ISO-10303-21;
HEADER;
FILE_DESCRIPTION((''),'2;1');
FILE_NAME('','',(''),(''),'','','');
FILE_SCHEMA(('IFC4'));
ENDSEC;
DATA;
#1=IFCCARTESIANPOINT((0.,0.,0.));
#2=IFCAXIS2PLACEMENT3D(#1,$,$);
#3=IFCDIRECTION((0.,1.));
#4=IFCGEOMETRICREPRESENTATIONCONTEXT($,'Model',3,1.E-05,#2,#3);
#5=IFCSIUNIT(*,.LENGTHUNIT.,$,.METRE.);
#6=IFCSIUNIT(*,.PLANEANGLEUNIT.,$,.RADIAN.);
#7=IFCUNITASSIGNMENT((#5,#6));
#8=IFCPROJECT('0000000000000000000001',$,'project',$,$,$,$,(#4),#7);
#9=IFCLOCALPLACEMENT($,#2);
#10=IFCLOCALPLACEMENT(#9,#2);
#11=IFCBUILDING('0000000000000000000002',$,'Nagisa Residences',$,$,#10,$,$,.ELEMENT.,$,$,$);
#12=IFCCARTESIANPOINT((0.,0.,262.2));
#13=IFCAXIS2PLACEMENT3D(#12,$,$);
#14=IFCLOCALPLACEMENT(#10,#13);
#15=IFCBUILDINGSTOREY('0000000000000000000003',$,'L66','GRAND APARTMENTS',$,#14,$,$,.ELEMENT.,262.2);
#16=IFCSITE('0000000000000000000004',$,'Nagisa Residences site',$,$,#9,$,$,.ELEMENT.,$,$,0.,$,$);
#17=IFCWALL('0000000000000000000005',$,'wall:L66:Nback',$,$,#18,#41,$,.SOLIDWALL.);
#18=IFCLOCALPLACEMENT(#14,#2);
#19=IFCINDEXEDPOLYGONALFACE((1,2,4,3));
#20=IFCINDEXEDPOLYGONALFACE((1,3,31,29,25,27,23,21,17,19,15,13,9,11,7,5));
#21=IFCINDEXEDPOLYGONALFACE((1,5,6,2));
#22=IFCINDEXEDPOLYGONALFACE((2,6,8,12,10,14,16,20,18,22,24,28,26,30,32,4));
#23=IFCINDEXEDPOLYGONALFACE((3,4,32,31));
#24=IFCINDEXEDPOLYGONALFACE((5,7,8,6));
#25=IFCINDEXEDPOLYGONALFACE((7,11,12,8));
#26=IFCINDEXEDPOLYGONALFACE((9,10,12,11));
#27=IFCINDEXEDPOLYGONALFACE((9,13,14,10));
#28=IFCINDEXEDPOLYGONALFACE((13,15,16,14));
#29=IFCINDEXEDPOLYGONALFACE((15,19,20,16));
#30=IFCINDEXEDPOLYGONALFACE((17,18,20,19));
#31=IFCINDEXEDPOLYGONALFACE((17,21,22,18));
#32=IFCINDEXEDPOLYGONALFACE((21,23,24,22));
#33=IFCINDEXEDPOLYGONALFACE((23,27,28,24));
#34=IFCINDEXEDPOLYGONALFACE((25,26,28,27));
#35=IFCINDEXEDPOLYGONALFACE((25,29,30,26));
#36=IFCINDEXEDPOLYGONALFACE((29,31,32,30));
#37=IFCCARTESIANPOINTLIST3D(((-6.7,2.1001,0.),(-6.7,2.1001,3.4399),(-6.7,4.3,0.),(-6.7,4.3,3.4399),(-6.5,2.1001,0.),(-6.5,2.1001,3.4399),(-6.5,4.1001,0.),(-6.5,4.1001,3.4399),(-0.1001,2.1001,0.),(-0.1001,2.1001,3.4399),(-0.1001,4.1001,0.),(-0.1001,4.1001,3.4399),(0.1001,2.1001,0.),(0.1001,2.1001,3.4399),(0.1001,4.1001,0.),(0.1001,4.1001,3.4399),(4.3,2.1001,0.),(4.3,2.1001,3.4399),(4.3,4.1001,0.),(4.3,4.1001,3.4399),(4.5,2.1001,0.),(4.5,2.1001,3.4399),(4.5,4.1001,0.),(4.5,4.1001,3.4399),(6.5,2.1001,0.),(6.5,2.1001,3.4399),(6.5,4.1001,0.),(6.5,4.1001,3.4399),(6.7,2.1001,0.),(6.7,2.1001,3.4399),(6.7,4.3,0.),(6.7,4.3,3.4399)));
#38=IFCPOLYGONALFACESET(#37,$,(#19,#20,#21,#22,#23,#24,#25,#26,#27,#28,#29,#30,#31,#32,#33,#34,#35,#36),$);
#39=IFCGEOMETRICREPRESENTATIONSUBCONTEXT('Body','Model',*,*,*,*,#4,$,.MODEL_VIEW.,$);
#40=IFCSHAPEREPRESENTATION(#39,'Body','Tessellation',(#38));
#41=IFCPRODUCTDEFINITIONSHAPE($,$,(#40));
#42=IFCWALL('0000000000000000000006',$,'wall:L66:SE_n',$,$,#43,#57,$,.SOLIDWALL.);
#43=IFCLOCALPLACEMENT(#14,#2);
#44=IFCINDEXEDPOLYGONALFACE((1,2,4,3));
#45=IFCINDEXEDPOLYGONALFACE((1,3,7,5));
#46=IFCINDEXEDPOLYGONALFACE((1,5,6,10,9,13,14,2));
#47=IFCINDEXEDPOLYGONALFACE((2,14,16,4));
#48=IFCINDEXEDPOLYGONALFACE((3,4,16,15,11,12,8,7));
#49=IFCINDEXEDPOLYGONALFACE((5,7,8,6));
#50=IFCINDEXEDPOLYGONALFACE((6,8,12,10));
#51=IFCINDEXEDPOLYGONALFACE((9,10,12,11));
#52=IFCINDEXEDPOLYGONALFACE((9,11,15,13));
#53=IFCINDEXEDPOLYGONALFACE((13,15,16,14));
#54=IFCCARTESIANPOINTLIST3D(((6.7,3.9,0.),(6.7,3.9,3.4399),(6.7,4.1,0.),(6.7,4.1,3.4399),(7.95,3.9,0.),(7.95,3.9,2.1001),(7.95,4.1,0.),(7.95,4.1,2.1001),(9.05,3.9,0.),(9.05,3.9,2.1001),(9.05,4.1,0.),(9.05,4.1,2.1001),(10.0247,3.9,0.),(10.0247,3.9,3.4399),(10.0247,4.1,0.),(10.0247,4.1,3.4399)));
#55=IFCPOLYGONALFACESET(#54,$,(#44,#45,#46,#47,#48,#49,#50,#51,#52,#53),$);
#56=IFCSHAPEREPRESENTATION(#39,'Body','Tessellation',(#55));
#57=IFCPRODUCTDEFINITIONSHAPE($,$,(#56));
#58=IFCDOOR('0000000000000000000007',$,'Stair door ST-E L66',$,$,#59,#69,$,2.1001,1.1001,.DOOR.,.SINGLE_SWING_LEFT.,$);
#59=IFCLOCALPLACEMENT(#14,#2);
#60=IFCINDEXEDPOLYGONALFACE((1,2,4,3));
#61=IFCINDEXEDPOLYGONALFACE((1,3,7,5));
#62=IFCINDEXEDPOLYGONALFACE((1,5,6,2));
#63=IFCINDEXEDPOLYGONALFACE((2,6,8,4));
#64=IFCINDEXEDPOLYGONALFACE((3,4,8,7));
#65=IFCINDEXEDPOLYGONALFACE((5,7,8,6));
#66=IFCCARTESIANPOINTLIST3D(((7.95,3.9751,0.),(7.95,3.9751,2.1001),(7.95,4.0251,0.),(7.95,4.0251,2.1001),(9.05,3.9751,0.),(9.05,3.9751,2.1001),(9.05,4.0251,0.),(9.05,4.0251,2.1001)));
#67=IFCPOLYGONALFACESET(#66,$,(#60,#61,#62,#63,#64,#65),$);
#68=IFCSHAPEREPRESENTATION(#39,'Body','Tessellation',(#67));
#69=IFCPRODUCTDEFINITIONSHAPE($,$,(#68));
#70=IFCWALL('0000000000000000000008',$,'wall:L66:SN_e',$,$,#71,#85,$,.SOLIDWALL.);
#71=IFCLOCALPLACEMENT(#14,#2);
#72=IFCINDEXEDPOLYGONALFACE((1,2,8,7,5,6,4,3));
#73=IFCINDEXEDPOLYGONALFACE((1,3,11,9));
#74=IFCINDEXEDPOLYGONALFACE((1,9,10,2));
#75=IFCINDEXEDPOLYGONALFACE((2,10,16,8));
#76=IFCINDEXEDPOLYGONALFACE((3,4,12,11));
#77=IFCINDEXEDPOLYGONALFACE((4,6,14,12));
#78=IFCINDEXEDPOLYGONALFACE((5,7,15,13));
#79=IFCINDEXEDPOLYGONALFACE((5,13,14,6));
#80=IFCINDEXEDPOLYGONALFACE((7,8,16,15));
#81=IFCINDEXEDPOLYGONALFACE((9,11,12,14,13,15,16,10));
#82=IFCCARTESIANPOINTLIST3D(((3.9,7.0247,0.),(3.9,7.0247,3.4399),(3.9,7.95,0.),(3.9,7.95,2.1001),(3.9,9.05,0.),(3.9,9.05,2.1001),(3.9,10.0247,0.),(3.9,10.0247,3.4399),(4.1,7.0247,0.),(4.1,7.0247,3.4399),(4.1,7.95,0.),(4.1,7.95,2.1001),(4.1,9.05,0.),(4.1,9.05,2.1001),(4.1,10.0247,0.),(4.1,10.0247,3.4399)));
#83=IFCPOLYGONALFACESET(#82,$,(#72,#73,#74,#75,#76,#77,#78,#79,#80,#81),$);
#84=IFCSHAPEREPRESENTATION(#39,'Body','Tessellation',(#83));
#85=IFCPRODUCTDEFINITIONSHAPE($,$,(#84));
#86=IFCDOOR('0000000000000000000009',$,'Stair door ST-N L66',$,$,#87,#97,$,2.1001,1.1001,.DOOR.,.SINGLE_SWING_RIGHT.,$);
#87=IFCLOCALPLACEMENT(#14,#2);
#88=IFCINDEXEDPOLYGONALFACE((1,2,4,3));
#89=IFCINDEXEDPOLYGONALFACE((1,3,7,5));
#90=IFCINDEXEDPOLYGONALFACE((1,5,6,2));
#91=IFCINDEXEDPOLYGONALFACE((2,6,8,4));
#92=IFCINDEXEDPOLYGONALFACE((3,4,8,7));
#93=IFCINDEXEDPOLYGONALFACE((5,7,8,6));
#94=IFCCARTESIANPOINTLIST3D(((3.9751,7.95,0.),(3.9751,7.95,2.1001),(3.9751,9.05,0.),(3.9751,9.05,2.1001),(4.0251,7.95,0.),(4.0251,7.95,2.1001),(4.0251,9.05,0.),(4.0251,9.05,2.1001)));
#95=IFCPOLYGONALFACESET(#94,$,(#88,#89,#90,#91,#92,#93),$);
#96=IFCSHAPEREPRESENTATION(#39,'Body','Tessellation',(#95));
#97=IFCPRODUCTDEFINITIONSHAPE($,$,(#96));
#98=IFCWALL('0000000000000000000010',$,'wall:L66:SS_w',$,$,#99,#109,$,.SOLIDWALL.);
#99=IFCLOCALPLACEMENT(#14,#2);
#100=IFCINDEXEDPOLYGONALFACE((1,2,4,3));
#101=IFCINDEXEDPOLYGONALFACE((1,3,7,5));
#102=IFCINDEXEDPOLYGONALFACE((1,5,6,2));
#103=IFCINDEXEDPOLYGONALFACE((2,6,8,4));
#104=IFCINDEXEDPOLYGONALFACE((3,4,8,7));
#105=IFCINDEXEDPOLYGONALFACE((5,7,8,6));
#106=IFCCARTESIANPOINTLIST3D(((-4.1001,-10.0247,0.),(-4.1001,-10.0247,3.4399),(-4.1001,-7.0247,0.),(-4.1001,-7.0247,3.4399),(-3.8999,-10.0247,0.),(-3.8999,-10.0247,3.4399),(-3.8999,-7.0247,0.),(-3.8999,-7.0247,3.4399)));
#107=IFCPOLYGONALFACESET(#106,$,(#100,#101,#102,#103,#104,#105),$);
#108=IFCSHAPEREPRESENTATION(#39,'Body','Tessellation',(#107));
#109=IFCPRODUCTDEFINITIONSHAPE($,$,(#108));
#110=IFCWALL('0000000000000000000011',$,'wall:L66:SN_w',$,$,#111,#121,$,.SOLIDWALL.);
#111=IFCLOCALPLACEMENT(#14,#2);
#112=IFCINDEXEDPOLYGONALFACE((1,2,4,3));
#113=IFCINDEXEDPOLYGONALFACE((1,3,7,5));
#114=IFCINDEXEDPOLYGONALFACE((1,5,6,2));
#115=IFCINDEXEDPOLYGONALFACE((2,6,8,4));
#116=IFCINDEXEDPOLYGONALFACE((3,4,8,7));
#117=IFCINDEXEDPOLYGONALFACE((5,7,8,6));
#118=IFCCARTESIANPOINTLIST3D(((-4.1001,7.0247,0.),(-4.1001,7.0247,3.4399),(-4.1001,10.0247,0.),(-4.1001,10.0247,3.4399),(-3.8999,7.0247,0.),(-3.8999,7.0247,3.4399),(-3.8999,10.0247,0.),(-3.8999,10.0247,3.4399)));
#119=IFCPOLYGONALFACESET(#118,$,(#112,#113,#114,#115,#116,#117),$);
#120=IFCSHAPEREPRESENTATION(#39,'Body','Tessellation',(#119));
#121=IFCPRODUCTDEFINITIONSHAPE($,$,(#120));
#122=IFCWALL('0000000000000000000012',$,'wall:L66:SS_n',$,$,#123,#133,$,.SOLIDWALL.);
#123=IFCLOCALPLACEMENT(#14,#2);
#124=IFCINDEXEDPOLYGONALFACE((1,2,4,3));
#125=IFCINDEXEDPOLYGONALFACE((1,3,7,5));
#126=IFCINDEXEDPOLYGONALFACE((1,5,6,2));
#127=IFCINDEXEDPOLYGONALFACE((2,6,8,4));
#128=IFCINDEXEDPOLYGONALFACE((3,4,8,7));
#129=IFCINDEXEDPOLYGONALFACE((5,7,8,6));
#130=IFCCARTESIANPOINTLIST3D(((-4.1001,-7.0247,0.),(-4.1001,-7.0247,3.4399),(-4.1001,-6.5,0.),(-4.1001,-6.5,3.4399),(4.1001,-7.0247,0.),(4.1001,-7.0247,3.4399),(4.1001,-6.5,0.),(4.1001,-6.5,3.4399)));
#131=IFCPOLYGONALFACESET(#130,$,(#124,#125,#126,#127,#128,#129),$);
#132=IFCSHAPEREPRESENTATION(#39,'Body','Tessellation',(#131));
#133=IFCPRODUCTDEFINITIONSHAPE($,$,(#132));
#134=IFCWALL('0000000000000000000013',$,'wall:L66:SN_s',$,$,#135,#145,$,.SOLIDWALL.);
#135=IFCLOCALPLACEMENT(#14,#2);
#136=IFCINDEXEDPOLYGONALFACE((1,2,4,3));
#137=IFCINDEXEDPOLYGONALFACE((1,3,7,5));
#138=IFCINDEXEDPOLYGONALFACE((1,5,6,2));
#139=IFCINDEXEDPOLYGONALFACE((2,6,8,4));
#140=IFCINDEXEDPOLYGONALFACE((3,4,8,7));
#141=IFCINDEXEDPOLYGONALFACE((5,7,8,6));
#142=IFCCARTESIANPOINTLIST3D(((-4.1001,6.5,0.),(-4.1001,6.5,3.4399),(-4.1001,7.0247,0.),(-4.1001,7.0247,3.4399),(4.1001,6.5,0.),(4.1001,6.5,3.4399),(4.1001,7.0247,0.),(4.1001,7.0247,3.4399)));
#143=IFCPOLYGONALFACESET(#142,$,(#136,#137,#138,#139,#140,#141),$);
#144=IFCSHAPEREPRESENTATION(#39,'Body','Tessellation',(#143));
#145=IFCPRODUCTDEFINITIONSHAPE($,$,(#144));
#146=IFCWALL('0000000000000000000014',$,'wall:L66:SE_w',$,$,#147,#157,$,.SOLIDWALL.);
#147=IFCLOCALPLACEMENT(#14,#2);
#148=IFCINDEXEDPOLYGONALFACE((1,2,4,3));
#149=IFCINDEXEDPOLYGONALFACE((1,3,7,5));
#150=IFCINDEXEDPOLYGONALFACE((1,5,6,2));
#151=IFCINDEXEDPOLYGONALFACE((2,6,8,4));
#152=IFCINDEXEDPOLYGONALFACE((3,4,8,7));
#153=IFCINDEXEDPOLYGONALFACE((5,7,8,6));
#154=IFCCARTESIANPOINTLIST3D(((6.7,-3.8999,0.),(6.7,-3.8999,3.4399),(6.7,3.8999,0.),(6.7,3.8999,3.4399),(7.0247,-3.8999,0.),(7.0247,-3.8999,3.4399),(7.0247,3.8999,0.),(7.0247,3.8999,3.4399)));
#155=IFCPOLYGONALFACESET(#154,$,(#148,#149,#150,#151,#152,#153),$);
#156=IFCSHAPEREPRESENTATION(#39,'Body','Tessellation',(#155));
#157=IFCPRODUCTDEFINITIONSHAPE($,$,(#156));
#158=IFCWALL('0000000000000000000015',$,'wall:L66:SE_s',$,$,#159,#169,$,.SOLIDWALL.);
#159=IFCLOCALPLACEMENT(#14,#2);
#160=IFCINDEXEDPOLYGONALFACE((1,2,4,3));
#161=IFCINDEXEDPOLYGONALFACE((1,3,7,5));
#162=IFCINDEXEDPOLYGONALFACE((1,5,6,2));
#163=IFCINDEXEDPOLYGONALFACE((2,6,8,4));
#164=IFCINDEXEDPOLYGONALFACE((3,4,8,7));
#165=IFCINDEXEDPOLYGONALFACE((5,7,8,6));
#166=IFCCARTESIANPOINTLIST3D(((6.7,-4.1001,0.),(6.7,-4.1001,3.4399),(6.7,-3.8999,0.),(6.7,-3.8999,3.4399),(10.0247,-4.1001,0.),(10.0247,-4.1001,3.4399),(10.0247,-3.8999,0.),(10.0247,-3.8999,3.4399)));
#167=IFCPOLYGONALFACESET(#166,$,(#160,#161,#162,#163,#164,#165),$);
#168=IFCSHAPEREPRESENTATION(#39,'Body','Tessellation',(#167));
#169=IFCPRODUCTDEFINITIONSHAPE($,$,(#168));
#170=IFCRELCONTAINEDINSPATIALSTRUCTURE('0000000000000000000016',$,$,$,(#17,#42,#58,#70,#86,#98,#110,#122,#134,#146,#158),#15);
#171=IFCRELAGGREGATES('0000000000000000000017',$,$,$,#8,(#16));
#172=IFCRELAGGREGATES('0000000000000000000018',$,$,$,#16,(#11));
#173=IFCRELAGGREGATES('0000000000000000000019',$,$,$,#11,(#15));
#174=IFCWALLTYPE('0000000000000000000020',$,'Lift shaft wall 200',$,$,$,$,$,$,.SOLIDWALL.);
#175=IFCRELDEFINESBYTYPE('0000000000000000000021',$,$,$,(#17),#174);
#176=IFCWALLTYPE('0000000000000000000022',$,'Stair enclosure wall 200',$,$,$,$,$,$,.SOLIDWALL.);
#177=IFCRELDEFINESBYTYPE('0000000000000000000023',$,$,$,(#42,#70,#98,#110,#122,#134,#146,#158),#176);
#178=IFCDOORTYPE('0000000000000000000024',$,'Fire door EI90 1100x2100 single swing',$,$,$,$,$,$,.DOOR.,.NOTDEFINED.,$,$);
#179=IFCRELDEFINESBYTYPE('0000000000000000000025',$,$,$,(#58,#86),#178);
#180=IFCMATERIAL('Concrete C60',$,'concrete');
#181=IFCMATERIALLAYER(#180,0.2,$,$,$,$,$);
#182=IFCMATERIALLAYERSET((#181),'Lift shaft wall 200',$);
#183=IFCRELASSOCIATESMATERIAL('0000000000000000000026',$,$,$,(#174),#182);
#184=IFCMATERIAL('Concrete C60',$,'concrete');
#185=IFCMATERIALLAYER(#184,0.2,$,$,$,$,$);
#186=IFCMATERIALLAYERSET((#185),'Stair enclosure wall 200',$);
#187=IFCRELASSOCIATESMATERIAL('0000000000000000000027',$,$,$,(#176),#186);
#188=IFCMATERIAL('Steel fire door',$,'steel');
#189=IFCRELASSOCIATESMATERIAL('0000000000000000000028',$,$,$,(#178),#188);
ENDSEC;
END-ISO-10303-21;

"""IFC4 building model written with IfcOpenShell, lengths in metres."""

from ifc_helpers import new_model, si_unit, direction, frame, frame_2d, origin, place, context, subcontext, project, spatial, polyline, rectangle, outline, extrude, material, layer, layer_set, type_object, element, fill, save


model = new_model("IFC4")

# Units and contexts
model_context = context("Model", 3, precision=1e-05, world=origin(), true_north=direction((0.0, 1.0)))
body_context = subcontext(model_context, "Body", "Model", "MODEL_VIEW")
ifc_project = project(units=[si_unit("LENGTHUNIT", "METRE"), si_unit("PLANEANGLEUNIT", "RADIAN")], contexts=[model_context])

# Site, building, storey
site_placement = place(None, origin())
site = spatial("IfcSite", under=ifc_project, at=site_placement, Name="Nagisa Residences site", CompositionType="ELEMENT", RefElevation=0.0)
building_placement = place(site_placement, origin())
building = spatial("IfcBuilding", under=site, at=building_placement, Name="Nagisa Residences", CompositionType="ELEMENT")
storey_placement = place(building_placement, frame((0.0, 0.0, 262.2)))
storey = spatial("IfcBuildingStorey", under=building, at=storey_placement, Name="L66", Description="GRAND APARTMENTS", CompositionType="ELEMENT", Elevation=262.2)

# Shared definitions
ifc_material_1 = material(Name="Concrete C60", Category="concrete")
ifc_layer_1 = layer(ifc_material_1, 0.2)
ifc_layer_set_1 = layer_set([ifc_layer_1], Name="Lift shaft wall 200")
wall_type_1 = type_object("IfcWallType", Name="Lift shaft wall 200", PredefinedType="SOLIDWALL", material=ifc_layer_set_1)

# Wall
wall_1_placement = place(storey_placement, origin())
element("IfcWall", 1, at=wall_1_placement, inside=storey, type_object=wall_type_1, Name="wall:L66:Nback", PredefinedType="SOLIDWALL", context=body_context, shape_type="SweptSolid", body=[
    extrude(outline(polyline([(-6.7, 4.3), (6.7, 4.3), (6.7, 2.1001), (6.5, 2.1001), (6.5, 4.1001), (4.5, 4.1001), (4.5, 2.1001), (4.3, 2.1001), (4.3, 4.1001), (0.1001, 4.1001), (0.1001, 2.1001), (-0.1001, 2.1001), (-0.1001, 4.1001), (-6.5, 4.1001), (-6.5, 2.1001), (-6.7, 2.1001), (-6.7, 4.3)])), origin(), (0.0, 0.0, 1.0), 3.4399),
])

# Walls, openings, doors
ifc_material_2 = material(Name="Concrete C60", Category="concrete")
ifc_layer_2 = layer(ifc_material_2, 0.2)
ifc_layer_set_2 = layer_set([ifc_layer_2], Name="Stair enclosure wall 200")
wall_type_2 = type_object("IfcWallType", Name="Stair enclosure wall 200", PredefinedType="SOLIDWALL", material=ifc_layer_set_2)
wall_2_placement = place(storey_placement, frame((6.7, 4.0, 0.0), z_axis=(0.0, 0.0, 1.0), x_axis=(1.0, 0.0, 0.0)))
wall_2 = element("IfcWall", 2, at=wall_2_placement, inside=storey, type_object=wall_type_2, Name="wall:L66:SE_n", PredefinedType="SOLIDWALL", context=body_context, shape_type="SweptSolid", body=[
    extrude(rectangle(XDim=3.3247, YDim=0.2, at=frame_2d((1.6624, 0.0))), origin(), (0.0, 0.0, 1.0), 3.4399),
])
opening_1_placement = place(wall_2_placement, frame((1.25, 0.0, 0.0)))
opening_1 = element("IfcOpeningElement", 3, at=opening_1_placement, cuts=wall_2, PredefinedType="OPENING", context=body_context, shape_type="SweptSolid", body=[
    extrude(rectangle(XDim=1.1001, YDim=2.1001, at=frame_2d((0.55, 1.05))), frame((0.0, 0.1099, 0.0), z_axis=(0.0, -1.0, 0.0), x_axis=(1.0, 0.0, 0.0)), (0.0, 0.0, 1.0), 0.22),
])
ifc_material_3 = material(Name="Steel fire door", Category="steel")
door_type_1 = type_object("IfcDoorType", Name="Fire door EI90 1100x2100 single swing", OperationType="NOTDEFINED", PredefinedType="DOOR", material=ifc_material_3)
door_1_placement = place(opening_1_placement, frame((1.1001, 0.0, 0.0), x_axis=(-1.0, 0.0, 0.0)))
door_1 = element("IfcDoor", 4, at=door_1_placement, inside=storey, type_object=door_type_1, Name="Stair door ST-E L66", OperationType="SINGLE_SWING_LEFT", OverallHeight=2.1001, OverallWidth=1.1001, PredefinedType="DOOR", context=body_context, shape_type="SweptSolid", body=[
    extrude(rectangle(XDim=1.1001, YDim=2.1001, at=frame_2d((0.55, 1.05))), frame((0.0, 0.0249, 0.0), z_axis=(0.0, -1.0, 0.0), x_axis=(1.0, 0.0, 0.0)), (0.0, 0.0, 1.0), 0.05),
])
fill(opening_1, door_1)
wall_3_placement = place(storey_placement, frame((4.0, 7.0247, 0.0), z_axis=(0.0, 0.0, 1.0), x_axis=(0.0, 1.0, 0.0)))
wall_3 = element("IfcWall", 5, at=wall_3_placement, inside=storey, type_object=wall_type_2, Name="wall:L66:SN_e", PredefinedType="SOLIDWALL", context=body_context, shape_type="SweptSolid", body=[
    extrude(rectangle(XDim=3.0, YDim=0.2, at=frame_2d((1.5, 0.0))), origin(), (0.0, 0.0, 1.0), 3.4399),
])
opening_2_placement = place(wall_3_placement, frame((0.9253, 0.0, 0.0)))
opening_2 = element("IfcOpeningElement", 6, at=opening_2_placement, cuts=wall_3, PredefinedType="OPENING", context=body_context, shape_type="SweptSolid", body=[
    extrude(rectangle(XDim=1.1001, YDim=2.1001, at=frame_2d((0.55, 1.05))), frame((0.0, 0.1099, 0.0), z_axis=(0.0, -1.0, 0.0), x_axis=(1.0, 0.0, 0.0)), (0.0, 0.0, 1.0), 0.22),
])
door_2_placement = place(opening_2_placement, origin())
door_2 = element("IfcDoor", 7, at=door_2_placement, inside=storey, type_object=door_type_1, Name="Stair door ST-N L66", OperationType="SINGLE_SWING_RIGHT", OverallHeight=2.1001, OverallWidth=1.1001, PredefinedType="DOOR", context=body_context, shape_type="SweptSolid", body=[
    extrude(rectangle(XDim=1.1001, YDim=2.1001, at=frame_2d((0.55, 1.05))), frame((0.0, 0.0249, 0.0), z_axis=(0.0, -1.0, 0.0), x_axis=(1.0, 0.0, 0.0)), (0.0, 0.0, 1.0), 0.05),
])
fill(opening_2, door_2)

# Walls
wall_4_placement = place(storey_placement, origin())
element("IfcWall", 8, at=wall_4_placement, inside=storey, type_object=wall_type_2, Name="wall:L66:SS_w", PredefinedType="SOLIDWALL", context=body_context, shape_type="SweptSolid", body=[
    extrude(outline(polyline([(-3.8999, -10.0247), (-4.1001, -10.0247), (-4.1001, -7.0247), (-3.8999, -7.0247), (-3.8999, -10.0247)])), origin(), (0.0, 0.0, 1.0), 3.4399),
])
wall_5_placement = place(storey_placement, origin())
element("IfcWall", 9, at=wall_5_placement, inside=storey, type_object=wall_type_2, Name="wall:L66:SN_w", PredefinedType="SOLIDWALL", context=body_context, shape_type="SweptSolid", body=[
    extrude(outline(polyline([(-3.8999, 7.0247), (-4.1001, 7.0247), (-4.1001, 10.0247), (-3.8999, 10.0247), (-3.8999, 7.0247)])), origin(), (0.0, 0.0, 1.0), 3.4399),
])
wall_6_placement = place(storey_placement, origin())
element("IfcWall", 10, at=wall_6_placement, inside=storey, type_object=wall_type_2, Name="wall:L66:SS_n", PredefinedType="SOLIDWALL", context=body_context, shape_type="SweptSolid", body=[
    extrude(outline(polyline([(4.1001, -7.0247), (-4.1001, -7.0247), (-4.1001, -6.5), (4.1001, -6.5), (4.1001, -7.0247)])), origin(), (0.0, 0.0, 1.0), 3.4399),
])
wall_7_placement = place(storey_placement, origin())
element("IfcWall", 11, at=wall_7_placement, inside=storey, type_object=wall_type_2, Name="wall:L66:SN_s", PredefinedType="SOLIDWALL", context=body_context, shape_type="SweptSolid", body=[
    extrude(outline(polyline([(4.1001, 6.5), (-4.1001, 6.5), (-4.1001, 7.0247), (4.1001, 7.0247), (4.1001, 6.5)])), origin(), (0.0, 0.0, 1.0), 3.4399),
])
wall_8_placement = place(storey_placement, origin())
element("IfcWall", 12, at=wall_8_placement, inside=storey, type_object=wall_type_2, Name="wall:L66:SE_w", PredefinedType="SOLIDWALL", context=body_context, shape_type="SweptSolid", body=[
    extrude(outline(polyline([(7.0247, -3.8999), (6.7, -3.8999), (6.7, 3.8999), (7.0247, 3.8999), (7.0247, -3.8999)])), origin(), (0.0, 0.0, 1.0), 3.4399),
])
wall_9_placement = place(storey_placement, origin())
element("IfcWall", 13, at=wall_9_placement, inside=storey, type_object=wall_type_2, Name="wall:L66:SE_s", PredefinedType="SOLIDWALL", context=body_context, shape_type="SweptSolid", body=[
    extrude(outline(polyline([(10.0247, -4.1001), (6.7, -4.1001), (6.7, -3.8999), (10.0247, -3.8999), (10.0247, -4.1001)])), origin(), (0.0, 0.0, 1.0), 3.4399),
])

save(model, "model.ifc")
